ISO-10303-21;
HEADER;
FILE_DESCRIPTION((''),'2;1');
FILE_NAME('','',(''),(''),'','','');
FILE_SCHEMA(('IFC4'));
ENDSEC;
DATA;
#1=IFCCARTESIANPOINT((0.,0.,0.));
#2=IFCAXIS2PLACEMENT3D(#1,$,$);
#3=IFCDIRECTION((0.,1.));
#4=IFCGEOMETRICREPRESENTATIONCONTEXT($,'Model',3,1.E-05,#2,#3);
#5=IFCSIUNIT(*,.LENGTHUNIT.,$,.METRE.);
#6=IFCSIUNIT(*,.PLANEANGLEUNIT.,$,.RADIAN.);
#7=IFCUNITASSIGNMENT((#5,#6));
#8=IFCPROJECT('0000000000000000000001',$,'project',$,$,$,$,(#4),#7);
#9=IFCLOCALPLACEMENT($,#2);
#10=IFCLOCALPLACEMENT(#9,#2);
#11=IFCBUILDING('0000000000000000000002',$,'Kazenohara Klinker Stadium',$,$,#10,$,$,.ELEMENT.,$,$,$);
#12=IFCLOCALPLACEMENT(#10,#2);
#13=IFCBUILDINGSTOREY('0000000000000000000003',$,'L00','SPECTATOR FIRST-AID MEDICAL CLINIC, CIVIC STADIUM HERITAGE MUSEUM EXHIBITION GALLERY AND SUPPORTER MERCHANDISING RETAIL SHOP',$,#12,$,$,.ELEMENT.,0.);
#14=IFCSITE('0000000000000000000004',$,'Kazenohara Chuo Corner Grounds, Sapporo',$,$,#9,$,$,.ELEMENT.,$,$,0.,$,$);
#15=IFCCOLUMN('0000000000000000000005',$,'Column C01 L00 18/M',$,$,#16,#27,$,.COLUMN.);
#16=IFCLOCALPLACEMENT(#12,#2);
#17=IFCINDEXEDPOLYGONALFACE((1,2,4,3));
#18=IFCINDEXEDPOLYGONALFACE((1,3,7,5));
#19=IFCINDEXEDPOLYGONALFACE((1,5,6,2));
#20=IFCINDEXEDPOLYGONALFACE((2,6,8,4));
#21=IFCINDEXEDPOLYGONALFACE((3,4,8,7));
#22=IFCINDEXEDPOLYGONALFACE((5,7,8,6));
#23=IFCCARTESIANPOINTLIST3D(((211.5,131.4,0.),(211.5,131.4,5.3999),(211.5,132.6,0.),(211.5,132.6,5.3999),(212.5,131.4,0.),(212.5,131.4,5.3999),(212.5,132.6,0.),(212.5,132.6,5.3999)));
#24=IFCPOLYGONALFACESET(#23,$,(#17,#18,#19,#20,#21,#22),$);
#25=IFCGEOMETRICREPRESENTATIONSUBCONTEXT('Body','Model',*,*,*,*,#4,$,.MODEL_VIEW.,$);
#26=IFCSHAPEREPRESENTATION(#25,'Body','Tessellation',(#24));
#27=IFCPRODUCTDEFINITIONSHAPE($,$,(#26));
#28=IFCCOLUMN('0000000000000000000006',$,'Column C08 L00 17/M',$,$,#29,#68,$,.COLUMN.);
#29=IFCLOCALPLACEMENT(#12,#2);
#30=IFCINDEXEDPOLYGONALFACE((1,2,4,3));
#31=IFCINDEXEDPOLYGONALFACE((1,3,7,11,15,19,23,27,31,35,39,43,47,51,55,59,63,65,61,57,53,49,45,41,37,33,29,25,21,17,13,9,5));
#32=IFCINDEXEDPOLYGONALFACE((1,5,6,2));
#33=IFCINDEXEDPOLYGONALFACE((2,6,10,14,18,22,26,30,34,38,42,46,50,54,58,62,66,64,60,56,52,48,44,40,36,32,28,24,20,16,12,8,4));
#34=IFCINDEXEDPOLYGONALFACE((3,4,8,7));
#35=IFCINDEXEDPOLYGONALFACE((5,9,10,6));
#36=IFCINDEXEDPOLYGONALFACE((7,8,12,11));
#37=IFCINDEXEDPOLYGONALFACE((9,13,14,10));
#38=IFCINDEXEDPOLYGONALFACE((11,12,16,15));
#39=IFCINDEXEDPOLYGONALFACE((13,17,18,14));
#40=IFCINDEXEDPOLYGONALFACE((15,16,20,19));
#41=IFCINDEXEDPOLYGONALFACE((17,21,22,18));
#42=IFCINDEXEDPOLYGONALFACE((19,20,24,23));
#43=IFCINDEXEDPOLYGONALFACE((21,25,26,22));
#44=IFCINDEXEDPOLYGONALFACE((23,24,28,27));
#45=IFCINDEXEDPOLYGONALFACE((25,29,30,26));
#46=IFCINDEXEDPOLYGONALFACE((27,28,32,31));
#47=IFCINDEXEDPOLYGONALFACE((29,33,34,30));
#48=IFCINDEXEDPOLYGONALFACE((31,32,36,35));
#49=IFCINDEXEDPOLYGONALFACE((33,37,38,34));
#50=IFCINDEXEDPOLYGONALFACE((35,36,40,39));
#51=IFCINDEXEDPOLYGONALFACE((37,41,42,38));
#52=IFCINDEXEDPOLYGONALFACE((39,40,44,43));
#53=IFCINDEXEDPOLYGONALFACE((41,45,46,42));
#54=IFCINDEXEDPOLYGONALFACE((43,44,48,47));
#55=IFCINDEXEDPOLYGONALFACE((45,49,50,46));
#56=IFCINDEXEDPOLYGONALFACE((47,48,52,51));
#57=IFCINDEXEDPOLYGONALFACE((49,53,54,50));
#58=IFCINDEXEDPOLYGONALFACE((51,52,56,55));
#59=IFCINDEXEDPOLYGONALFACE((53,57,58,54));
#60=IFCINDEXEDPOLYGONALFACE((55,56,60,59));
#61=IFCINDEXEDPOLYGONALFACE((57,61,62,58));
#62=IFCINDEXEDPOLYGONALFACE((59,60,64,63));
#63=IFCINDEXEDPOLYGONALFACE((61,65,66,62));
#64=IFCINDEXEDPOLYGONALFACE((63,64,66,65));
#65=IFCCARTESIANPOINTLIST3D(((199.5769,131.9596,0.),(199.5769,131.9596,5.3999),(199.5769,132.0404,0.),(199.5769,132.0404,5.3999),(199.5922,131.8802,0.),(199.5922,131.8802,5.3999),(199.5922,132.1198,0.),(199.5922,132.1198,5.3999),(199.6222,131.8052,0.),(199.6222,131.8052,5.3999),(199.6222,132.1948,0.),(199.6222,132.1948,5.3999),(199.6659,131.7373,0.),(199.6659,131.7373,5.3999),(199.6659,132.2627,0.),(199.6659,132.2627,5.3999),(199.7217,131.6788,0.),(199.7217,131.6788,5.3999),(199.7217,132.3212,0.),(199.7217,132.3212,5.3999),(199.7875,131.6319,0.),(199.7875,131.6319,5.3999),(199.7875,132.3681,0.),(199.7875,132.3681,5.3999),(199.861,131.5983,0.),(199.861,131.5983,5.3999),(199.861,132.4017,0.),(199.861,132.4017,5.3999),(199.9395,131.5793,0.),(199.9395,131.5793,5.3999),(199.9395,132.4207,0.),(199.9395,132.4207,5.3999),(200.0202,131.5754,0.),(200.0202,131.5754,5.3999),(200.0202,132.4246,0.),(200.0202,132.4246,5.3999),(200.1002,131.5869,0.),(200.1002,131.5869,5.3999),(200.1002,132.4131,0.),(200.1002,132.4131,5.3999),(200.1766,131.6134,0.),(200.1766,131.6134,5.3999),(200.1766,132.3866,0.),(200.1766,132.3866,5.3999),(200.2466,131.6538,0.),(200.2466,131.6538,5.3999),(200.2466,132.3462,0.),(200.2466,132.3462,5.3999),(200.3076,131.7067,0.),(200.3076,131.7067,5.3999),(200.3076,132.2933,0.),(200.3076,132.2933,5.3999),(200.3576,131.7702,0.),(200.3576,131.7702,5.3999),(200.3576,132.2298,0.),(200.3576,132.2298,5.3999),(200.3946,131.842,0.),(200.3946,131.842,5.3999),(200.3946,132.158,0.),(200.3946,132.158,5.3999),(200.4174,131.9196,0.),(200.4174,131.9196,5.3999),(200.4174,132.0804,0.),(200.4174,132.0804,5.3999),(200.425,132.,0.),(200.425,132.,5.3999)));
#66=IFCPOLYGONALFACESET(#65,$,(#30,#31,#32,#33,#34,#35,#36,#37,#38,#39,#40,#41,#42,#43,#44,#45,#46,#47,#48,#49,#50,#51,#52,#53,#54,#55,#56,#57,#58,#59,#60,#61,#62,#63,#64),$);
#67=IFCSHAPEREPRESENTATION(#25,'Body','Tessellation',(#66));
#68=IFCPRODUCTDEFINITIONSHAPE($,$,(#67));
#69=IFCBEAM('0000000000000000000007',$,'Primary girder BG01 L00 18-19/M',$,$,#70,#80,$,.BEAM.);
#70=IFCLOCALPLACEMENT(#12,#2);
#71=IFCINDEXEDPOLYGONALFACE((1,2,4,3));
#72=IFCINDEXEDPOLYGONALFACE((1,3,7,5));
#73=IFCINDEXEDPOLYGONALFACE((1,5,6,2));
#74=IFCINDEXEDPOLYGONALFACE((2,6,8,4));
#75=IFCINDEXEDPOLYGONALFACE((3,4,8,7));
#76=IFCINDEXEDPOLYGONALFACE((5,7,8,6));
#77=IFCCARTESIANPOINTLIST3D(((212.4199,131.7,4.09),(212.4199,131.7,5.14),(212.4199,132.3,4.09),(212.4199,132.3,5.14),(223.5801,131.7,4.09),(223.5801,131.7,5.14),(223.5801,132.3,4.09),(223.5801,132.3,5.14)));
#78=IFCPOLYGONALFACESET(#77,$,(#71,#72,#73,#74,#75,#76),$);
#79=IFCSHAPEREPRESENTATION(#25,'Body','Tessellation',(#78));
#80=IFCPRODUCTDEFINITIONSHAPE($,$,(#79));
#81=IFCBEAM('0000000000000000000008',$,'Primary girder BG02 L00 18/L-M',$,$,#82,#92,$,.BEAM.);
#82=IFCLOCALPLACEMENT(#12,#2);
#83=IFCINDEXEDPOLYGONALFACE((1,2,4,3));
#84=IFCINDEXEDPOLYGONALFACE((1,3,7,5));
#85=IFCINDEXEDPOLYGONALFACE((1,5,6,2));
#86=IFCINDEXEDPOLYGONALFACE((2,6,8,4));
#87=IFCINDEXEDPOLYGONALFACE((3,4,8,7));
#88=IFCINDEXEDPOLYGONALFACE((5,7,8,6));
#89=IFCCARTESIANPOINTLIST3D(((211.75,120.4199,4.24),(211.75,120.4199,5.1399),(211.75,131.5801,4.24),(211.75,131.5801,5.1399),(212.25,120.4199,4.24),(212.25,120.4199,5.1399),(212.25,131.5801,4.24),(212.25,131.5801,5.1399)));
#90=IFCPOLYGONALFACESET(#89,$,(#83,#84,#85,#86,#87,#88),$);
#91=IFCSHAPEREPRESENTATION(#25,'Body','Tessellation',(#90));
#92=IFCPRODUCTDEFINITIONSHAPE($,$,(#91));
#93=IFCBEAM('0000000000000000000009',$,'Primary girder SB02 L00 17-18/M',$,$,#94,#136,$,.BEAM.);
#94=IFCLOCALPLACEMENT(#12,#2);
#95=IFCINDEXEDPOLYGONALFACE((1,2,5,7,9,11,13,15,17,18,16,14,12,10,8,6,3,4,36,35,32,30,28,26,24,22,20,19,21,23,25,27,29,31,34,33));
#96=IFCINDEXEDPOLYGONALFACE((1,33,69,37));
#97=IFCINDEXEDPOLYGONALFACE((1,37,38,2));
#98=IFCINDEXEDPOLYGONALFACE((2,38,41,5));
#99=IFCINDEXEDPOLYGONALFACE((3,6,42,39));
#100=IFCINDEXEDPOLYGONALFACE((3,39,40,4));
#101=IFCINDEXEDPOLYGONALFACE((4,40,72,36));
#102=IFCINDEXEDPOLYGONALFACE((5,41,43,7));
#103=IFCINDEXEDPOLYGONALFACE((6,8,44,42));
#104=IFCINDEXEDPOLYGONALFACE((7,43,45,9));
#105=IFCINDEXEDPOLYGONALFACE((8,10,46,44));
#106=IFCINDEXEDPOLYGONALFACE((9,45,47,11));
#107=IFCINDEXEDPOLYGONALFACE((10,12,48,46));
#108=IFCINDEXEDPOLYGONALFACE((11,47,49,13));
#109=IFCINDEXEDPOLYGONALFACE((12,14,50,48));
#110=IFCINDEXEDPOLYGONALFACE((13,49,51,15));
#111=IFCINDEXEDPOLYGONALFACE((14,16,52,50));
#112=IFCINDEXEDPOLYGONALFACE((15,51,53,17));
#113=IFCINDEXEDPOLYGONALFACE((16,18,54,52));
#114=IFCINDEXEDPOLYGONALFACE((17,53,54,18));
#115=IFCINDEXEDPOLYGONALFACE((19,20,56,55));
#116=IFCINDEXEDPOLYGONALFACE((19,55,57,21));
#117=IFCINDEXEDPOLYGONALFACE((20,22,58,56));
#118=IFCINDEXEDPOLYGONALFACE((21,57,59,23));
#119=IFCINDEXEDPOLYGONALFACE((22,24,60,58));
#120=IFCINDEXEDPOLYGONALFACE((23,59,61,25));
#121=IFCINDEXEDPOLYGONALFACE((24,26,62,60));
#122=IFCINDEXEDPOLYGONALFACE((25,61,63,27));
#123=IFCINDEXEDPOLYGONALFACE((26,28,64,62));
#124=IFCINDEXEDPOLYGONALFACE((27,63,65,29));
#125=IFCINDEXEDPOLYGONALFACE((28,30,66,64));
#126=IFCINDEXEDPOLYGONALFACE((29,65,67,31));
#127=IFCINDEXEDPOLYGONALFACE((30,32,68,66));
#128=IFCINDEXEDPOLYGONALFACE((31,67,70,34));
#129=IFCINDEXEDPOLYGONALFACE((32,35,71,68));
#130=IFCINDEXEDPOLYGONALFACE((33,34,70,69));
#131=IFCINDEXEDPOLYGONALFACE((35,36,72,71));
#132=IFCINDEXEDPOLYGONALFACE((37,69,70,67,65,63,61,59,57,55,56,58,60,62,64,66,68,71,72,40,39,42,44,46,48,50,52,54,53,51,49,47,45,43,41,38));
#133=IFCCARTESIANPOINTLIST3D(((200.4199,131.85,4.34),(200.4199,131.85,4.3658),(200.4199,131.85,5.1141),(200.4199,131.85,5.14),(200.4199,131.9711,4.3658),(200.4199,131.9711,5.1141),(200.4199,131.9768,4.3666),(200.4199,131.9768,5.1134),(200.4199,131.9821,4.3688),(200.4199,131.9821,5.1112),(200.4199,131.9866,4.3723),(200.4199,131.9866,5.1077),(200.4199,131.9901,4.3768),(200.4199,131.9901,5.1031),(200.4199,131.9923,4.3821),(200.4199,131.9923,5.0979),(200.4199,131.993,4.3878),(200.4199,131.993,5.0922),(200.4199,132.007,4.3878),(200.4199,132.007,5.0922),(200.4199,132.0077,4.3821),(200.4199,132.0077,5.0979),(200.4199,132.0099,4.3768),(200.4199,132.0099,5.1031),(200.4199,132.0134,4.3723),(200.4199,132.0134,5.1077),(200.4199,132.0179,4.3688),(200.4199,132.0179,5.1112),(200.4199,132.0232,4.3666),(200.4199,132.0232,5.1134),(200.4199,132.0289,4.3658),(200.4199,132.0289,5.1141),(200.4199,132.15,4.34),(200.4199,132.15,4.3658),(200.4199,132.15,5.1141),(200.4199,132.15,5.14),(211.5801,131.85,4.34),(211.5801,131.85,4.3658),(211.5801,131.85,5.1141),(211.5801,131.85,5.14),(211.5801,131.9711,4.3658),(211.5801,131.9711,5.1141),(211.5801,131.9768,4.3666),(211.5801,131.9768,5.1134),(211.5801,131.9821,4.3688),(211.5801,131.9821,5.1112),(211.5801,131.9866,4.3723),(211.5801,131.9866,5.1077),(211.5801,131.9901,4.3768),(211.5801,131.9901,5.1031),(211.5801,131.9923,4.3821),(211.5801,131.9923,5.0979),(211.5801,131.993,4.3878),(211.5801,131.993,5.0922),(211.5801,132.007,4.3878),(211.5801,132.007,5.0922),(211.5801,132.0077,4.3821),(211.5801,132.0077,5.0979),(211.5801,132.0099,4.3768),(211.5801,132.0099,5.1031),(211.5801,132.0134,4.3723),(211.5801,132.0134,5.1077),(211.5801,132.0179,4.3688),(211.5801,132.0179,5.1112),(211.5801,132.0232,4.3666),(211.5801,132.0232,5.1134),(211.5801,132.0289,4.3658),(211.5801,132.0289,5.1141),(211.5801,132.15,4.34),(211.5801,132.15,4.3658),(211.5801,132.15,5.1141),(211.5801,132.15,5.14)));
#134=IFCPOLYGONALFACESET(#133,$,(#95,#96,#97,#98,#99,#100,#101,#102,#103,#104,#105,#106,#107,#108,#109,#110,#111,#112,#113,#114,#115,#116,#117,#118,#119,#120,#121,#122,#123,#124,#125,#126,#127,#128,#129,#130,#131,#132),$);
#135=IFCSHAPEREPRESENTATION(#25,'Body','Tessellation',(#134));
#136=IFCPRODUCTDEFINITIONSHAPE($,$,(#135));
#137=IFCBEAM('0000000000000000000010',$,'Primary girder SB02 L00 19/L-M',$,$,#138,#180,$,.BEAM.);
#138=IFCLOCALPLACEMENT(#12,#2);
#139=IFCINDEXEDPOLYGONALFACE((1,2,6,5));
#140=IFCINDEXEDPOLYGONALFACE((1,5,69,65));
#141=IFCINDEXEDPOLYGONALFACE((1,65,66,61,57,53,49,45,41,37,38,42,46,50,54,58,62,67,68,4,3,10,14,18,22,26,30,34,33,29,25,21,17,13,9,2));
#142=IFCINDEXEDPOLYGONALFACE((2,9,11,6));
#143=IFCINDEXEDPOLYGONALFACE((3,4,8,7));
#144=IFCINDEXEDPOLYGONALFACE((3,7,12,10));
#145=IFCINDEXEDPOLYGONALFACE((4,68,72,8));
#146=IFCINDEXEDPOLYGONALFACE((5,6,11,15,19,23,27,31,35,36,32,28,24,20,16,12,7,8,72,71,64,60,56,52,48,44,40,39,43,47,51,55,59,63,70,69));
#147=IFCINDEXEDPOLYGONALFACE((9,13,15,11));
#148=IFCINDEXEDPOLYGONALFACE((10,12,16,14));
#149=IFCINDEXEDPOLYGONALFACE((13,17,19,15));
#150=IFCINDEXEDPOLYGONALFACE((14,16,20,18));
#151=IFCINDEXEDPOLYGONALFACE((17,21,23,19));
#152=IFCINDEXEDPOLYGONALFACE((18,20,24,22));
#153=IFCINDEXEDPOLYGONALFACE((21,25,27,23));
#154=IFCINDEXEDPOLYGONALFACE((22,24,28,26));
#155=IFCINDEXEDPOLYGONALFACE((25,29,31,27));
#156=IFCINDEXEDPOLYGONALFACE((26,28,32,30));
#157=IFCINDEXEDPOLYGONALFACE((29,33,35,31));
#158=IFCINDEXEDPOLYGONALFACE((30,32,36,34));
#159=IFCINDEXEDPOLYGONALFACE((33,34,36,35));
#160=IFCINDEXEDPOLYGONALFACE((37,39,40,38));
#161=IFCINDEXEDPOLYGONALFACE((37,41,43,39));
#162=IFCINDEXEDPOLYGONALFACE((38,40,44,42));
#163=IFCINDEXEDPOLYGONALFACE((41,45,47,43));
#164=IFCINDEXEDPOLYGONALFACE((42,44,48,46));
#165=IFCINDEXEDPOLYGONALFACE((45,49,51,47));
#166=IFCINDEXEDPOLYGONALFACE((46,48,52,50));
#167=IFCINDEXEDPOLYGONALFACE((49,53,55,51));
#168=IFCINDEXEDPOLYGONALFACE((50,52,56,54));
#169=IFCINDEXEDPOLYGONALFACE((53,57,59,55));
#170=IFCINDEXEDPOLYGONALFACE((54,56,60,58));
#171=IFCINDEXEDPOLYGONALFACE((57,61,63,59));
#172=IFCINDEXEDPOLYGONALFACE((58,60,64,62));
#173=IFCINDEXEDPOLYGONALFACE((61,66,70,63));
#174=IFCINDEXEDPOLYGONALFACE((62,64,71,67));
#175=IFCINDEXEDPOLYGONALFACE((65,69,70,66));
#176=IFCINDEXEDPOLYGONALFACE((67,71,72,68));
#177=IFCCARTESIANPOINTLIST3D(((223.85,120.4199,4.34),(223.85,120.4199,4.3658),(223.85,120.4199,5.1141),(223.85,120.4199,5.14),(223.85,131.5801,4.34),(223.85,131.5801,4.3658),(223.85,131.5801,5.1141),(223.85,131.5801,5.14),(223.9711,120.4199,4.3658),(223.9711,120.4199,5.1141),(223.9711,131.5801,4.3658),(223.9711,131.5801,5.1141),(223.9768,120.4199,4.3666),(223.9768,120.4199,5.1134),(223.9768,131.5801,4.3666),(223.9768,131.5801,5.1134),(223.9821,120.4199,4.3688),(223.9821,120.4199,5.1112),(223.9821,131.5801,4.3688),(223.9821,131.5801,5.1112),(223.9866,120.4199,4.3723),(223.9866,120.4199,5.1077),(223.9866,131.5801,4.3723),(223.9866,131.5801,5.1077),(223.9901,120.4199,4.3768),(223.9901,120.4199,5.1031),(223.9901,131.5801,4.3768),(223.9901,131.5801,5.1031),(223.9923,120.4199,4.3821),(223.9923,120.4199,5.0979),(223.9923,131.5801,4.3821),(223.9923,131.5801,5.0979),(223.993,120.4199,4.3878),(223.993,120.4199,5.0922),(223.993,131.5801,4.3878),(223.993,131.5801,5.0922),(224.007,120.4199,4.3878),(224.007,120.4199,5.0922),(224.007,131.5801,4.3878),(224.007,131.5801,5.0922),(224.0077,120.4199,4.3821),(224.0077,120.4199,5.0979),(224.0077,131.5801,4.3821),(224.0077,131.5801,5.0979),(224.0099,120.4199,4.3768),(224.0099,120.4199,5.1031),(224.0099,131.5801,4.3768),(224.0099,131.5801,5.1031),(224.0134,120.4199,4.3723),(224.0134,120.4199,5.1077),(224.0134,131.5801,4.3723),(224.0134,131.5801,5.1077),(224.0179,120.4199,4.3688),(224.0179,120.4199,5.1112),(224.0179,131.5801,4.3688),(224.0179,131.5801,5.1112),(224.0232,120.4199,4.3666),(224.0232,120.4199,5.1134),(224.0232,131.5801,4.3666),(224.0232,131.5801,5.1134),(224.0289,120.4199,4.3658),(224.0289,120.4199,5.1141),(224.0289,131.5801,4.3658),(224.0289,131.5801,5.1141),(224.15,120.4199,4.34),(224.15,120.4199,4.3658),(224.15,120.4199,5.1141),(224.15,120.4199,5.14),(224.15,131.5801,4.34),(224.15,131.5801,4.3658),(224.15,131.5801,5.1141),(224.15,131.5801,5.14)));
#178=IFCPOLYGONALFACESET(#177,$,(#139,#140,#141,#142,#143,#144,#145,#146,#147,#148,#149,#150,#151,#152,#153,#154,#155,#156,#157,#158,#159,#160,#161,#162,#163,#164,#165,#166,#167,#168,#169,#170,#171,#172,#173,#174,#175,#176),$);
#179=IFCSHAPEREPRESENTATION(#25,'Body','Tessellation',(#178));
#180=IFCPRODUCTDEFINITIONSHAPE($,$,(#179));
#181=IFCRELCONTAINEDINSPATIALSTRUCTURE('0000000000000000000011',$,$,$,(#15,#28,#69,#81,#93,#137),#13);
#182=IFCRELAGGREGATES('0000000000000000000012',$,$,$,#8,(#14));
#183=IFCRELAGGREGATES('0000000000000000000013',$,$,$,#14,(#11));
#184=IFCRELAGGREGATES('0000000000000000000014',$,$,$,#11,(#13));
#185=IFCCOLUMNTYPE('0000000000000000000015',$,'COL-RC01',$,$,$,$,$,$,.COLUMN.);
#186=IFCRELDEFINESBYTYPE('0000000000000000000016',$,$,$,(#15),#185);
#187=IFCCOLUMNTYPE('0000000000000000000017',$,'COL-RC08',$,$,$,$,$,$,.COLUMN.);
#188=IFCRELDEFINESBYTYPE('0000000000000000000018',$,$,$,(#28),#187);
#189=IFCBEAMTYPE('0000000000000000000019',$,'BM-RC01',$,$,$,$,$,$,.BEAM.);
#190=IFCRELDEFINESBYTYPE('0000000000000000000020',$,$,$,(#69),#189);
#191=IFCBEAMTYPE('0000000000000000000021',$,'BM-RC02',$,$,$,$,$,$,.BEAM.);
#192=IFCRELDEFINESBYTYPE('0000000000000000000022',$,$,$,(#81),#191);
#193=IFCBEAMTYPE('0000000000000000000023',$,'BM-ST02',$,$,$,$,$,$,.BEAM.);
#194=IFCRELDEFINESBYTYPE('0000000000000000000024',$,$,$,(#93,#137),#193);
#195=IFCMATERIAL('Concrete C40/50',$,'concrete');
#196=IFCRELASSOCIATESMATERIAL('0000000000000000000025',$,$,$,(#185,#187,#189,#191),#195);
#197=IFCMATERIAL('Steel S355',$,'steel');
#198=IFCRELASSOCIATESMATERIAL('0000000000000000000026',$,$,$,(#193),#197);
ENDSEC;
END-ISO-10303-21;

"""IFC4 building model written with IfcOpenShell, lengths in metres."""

from ifc_helpers import new_model, si_unit, direction, frame, origin, origin_2d, place, context, subcontext, project, spatial, rectangle, circle, i_section, extrude, material, material_profile, profile_set, type_object, element, save


model = new_model("IFC4")

# Units and contexts
model_context = context("Model", 3, precision=1e-05, world=origin(), true_north=direction((0.0, 1.0)))
body_context = subcontext(model_context, "Body", "Model", "MODEL_VIEW")
ifc_project = project(units=[si_unit("LENGTHUNIT", "METRE"), si_unit("PLANEANGLEUNIT", "RADIAN")], contexts=[model_context])

# Site, building, storey
site_placement = place(None, origin())
site = spatial("IfcSite", under=ifc_project, at=site_placement, Name="Kazenohara Chuo Corner Grounds, Sapporo", CompositionType="ELEMENT", RefElevation=0.0)
building_placement = place(site_placement, origin())
building = spatial("IfcBuilding", under=site, at=building_placement, Name="Kazenohara Klinker Stadium", CompositionType="ELEMENT")
storey_placement = place(building_placement, origin())
storey = spatial("IfcBuildingStorey", under=building, at=storey_placement, Name="L00", Description="SPECTATOR FIRST-AID MEDICAL CLINIC, CIVIC STADIUM HERITAGE MUSEUM EXHIBITION GALLERY AND SUPPORTER MERCHANDISING RETAIL SHOP", CompositionType="ELEMENT", Elevation=0.0)

# Columns
ifc_material_1 = material(Name="Concrete C40/50", Category="concrete")
ifc_material_profile_1 = material_profile(ifc_material_1, rectangle(XDim=1.0, YDim=1.2, at=origin_2d()), Name="RC-COL-1200x1000")
ifc_profile_set_1 = profile_set([ifc_material_profile_1], Name="Concrete C40/50")
column_type_1 = type_object("IfcColumnType", Name="COL-RC01", PredefinedType="COLUMN", material=ifc_profile_set_1)
column_1_placement = place(storey_placement, frame((212.0, 132.0, 0.0), z_axis=(0.0, 0.0, 1.0), x_axis=(1.0, 0.0, 0.0)))
element("IfcColumn", 1, at=column_1_placement, inside=storey, type_object=column_type_1, Name="Column C01 L00 18/M", PredefinedType="COLUMN", context=body_context, shape_type="SweptSolid", body=[
    extrude(rectangle(XDim=1.0, YDim=1.2, at=origin_2d()), origin(), (0.0, 0.0, 1.0), 5.3999),
])
ifc_material_profile_2 = material_profile(ifc_material_1, circle(Radius=0.425, at=origin_2d()), Name="RC-COL-D850")
ifc_profile_set_2 = profile_set([ifc_material_profile_2], Name="Concrete C40/50")
column_type_2 = type_object("IfcColumnType", Name="COL-RC08", PredefinedType="COLUMN", material=ifc_profile_set_2)
column_2_placement = place(storey_placement, frame((200.0, 132.0, 0.0), z_axis=(0.0, 0.0, 1.0), x_axis=(1.0, 0.0, 0.0)))
element("IfcColumn", 2, at=column_2_placement, inside=storey, type_object=column_type_2, Name="Column C08 L00 17/M", PredefinedType="COLUMN", context=body_context, shape_type="SweptSolid", body=[
    extrude(circle(Radius=0.425, at=origin_2d()), origin(), (0.0, 0.0, 1.0), 5.3999),
])

# Beams
ifc_material_profile_3 = material_profile(ifc_material_1, rectangle(XDim=0.6001, YDim=1.05, at=origin_2d()), Name="RC-BM-600x1050")
ifc_profile_set_3 = profile_set([ifc_material_profile_3], Name="Concrete C40/50")
beam_type_1 = type_object("IfcBeamType", Name="BM-RC01", PredefinedType="BEAM", material=ifc_profile_set_3)
beam_1_placement = place(storey_placement, frame((212.4199, 132.0, 4.615), z_axis=(1.0, 0.0, 0.0), x_axis=(0.0, 1.0, 0.0)))
element("IfcBeam", 3, at=beam_1_placement, inside=storey, type_object=beam_type_1, Name="Primary girder BG01 L00 18-19/M", PredefinedType="BEAM", context=body_context, shape_type="SweptSolid", body=[
    extrude(rectangle(XDim=0.6001, YDim=1.05, at=origin_2d()), origin(), (0.0, 0.0, 1.0), 11.1602),
])
ifc_material_profile_4 = material_profile(ifc_material_1, rectangle(XDim=0.5, YDim=0.8999, at=origin_2d()), Name="RC-BM-500x900")
ifc_profile_set_4 = profile_set([ifc_material_profile_4], Name="Concrete C40/50")
beam_type_2 = type_object("IfcBeamType", Name="BM-RC02", PredefinedType="BEAM", material=ifc_profile_set_4)
beam_2_placement = place(storey_placement, frame((212.0, 120.4199, 4.6899), z_axis=(0.0, 1.0, 0.0), x_axis=(-1.0, 0.0, 0.0)))
element("IfcBeam", 4, at=beam_2_placement, inside=storey, type_object=beam_type_2, Name="Primary girder BG02 L00 18/L-M", PredefinedType="BEAM", context=body_context, shape_type="SweptSolid", body=[
    extrude(rectangle(XDim=0.5, YDim=0.8999, at=origin_2d()), origin(), (0.0, 0.0, 1.0), 11.1602),
])
ifc_material_2 = material(Name="Steel S355", Category="steel")
ifc_material_profile_5 = material_profile(ifc_material_2, i_section(OverallWidth=0.3, OverallDepth=0.8, WebThickness=0.0139, FlangeThickness=0.0259, FilletRadius=0.022, at=origin_2d()), Name="H-800x300x14x26")
ifc_profile_set_5 = profile_set([ifc_material_profile_5], Name="Steel S355")
beam_type_3 = type_object("IfcBeamType", Name="BM-ST02", PredefinedType="BEAM", material=ifc_profile_set_5)
for number, where, z_axis, x_axis, name in (
    (5, (200.4199, 132.0, 4.74), (1.0, 0.0, 0.0), (0.0, 1.0, 0.0), "Primary girder SB02 L00 17-18/M"),
    (6, (224.0, 120.4199, 4.74), (0.0, 1.0, 0.0), (-1.0, 0.0, 0.0), "Primary girder SB02 L00 19/L-M"),
):
    element("IfcBeam", number, at=place(storey_placement, frame(where, z_axis=z_axis, x_axis=x_axis)), inside=storey, type_object=beam_type_3, Name=name, PredefinedType="BEAM", context=body_context, shape_type="SweptSolid", body=[
        extrude(i_section(OverallWidth=0.3, OverallDepth=0.8, WebThickness=0.0139, FlangeThickness=0.0259, FilletRadius=0.022, at=origin_2d()), origin(), (0.0, 0.0, 1.0), 11.1602),
    ])

save(model, "model.ifc")
